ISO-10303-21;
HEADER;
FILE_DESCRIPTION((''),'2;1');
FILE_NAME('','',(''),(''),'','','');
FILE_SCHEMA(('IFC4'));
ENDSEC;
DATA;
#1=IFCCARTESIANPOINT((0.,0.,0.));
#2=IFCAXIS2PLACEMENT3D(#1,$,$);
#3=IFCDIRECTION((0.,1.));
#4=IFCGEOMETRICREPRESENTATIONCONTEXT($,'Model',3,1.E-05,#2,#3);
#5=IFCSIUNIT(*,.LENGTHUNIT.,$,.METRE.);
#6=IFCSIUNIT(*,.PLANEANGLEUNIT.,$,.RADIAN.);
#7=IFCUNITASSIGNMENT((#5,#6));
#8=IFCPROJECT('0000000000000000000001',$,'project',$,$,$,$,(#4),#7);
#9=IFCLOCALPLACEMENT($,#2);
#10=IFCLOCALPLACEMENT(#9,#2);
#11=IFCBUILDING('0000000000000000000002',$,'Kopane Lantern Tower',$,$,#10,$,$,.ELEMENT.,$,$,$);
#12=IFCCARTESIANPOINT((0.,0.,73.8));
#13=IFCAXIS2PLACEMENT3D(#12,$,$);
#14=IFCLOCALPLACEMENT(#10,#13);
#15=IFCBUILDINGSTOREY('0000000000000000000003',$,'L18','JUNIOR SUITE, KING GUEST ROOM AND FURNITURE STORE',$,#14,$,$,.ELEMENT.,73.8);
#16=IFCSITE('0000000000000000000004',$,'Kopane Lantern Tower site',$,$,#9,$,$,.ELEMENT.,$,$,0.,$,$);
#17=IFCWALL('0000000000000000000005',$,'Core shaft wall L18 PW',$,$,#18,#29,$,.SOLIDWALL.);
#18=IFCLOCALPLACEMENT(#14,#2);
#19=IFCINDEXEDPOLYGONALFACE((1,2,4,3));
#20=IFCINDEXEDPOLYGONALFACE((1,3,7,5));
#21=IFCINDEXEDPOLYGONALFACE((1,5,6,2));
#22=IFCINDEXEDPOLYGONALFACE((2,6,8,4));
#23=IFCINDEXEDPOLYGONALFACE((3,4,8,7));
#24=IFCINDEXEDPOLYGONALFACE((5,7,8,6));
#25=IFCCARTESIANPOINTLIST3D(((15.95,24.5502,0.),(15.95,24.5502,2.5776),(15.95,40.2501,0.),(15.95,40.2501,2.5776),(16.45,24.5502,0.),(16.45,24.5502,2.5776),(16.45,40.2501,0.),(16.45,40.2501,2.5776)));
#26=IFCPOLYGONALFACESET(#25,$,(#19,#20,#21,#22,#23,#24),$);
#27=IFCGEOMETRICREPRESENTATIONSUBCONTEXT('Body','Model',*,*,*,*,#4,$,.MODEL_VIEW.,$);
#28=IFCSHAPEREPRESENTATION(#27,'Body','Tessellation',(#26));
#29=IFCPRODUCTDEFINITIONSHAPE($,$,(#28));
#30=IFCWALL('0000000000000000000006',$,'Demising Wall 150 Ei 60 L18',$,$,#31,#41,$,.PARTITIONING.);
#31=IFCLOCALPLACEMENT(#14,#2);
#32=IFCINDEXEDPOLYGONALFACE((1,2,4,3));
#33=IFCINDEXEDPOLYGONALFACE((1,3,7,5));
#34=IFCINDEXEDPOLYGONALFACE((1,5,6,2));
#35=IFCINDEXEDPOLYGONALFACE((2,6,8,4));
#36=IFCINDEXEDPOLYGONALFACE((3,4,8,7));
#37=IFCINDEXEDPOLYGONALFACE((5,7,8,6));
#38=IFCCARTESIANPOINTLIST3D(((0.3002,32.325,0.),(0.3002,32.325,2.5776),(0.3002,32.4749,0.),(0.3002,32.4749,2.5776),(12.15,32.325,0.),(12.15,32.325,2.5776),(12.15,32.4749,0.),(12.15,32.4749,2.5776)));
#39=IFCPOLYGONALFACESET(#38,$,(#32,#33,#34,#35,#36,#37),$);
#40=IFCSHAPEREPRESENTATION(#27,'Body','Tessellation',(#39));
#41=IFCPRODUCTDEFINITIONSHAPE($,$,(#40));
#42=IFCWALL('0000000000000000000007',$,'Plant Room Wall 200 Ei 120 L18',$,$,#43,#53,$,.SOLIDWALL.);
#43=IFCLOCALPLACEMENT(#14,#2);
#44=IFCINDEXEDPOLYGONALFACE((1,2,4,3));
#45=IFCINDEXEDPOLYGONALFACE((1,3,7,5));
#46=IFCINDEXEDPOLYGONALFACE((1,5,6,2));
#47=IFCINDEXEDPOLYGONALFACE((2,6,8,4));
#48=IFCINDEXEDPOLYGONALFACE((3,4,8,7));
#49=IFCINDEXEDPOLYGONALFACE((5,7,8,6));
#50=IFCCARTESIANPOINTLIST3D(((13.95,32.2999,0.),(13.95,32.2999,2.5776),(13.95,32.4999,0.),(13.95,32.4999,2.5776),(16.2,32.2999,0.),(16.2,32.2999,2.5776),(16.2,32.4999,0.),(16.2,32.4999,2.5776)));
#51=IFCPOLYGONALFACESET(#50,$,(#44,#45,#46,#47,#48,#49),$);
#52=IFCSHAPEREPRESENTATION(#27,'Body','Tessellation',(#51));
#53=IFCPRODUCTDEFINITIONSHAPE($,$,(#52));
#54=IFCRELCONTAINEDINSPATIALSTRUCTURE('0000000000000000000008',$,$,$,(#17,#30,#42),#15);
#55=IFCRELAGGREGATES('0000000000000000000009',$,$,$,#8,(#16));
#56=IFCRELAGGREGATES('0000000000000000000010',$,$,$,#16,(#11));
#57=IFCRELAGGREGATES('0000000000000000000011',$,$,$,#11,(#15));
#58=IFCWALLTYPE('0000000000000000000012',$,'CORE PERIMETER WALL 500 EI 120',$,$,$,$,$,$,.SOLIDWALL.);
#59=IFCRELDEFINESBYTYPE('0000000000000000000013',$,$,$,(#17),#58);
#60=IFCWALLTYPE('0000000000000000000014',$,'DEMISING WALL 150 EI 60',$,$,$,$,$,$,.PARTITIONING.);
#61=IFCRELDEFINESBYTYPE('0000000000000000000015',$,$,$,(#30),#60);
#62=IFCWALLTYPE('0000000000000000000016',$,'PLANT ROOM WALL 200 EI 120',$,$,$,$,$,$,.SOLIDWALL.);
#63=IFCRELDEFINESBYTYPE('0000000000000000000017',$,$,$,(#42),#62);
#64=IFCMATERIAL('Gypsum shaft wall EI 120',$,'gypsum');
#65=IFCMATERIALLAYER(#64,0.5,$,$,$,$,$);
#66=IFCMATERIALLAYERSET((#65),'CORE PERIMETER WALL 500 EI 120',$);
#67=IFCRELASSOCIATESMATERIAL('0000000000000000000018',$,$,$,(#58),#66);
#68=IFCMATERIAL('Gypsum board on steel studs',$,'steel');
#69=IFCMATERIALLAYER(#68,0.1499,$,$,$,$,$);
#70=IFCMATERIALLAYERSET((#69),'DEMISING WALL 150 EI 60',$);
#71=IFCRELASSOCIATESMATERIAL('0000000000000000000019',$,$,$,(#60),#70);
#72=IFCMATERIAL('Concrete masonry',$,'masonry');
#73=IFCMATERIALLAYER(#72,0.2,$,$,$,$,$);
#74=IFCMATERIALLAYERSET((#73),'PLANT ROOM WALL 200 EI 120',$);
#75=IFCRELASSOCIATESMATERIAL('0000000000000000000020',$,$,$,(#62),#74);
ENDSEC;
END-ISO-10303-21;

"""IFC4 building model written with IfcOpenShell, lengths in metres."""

from ifc_helpers import new_model, si_unit, direction, frame, frame_2d, origin, place, context, subcontext, project, spatial, rectangle, extrude, material, layer, layer_set, type_object, element, save


model = new_model("IFC4")

# Units and contexts
model_context = context("Model", 3, precision=1e-05, world=origin(), true_north=direction((0.0, 1.0)))
body_context = subcontext(model_context, "Body", "Model", "MODEL_VIEW")
ifc_project = project(units=[si_unit("LENGTHUNIT", "METRE"), si_unit("PLANEANGLEUNIT", "RADIAN")], contexts=[model_context])

# Site, building, storey
site_placement = place(None, origin())
site = spatial("IfcSite", under=ifc_project, at=site_placement, Name="Kopane Lantern Tower site", CompositionType="ELEMENT", RefElevation=0.0)
building_placement = place(site_placement, origin())
building = spatial("IfcBuilding", under=site, at=building_placement, Name="Kopane Lantern Tower", CompositionType="ELEMENT")
storey_placement = place(building_placement, frame((0.0, 0.0, 73.8)))
storey = spatial("IfcBuildingStorey", under=building, at=storey_placement, Name="L18", Description="JUNIOR SUITE, KING GUEST ROOM AND FURNITURE STORE", CompositionType="ELEMENT", Elevation=73.8)

# Walls
ifc_material_1 = material(Name="Gypsum shaft wall EI 120", Category="gypsum")
ifc_layer_1 = layer(ifc_material_1, 0.5)
ifc_layer_set_1 = layer_set([ifc_layer_1], Name="CORE PERIMETER WALL 500 EI 120")
wall_type_1 = type_object("IfcWallType", Name="CORE PERIMETER WALL 500 EI 120", PredefinedType="SOLIDWALL", material=ifc_layer_set_1)
wall_1_placement = place(storey_placement, frame((16.2, 24.55, 0.0), z_axis=(0.0, 0.0, 1.0), x_axis=(0.0, 1.0, 0.0)))
element("IfcWall", 1, at=wall_1_placement, inside=storey, type_object=wall_type_1, Name="Core shaft wall L18 PW", PredefinedType="SOLIDWALL", context=body_context, shape_type="SweptSolid", body=[
    extrude(rectangle(XDim=15.7, YDim=0.5, at=frame_2d((7.8501, 0.0))), origin(), (0.0, 0.0, 1.0), 2.5776),
])
ifc_material_2 = material(Name="Gypsum board on steel studs", Category="steel")
ifc_layer_2 = layer(ifc_material_2, 0.1499)
ifc_layer_set_2 = layer_set([ifc_layer_2], Name="DEMISING WALL 150 EI 60")
wall_type_2 = type_object("IfcWallType", Name="DEMISING WALL 150 EI 60", PredefinedType="PARTITIONING", material=ifc_layer_set_2)
wall_2_placement = place(storey_placement, frame((12.1499, 32.3999, 0.0), z_axis=(0.0, 0.0, 1.0), x_axis=(-1.0, 0.0, 0.0)))
element("IfcWall", 2, at=wall_2_placement, inside=storey, type_object=wall_type_2, Name="Demising Wall 150 Ei 60 L18", PredefinedType="PARTITIONING", context=body_context, shape_type="SweptSolid", body=[
    extrude(rectangle(XDim=11.8499, YDim=0.1499, at=frame_2d((5.9248, 0.0))), origin(), (0.0, 0.0, 1.0), 2.5776),
])
ifc_material_3 = material(Name="Concrete masonry", Category="masonry")
ifc_layer_3 = layer(ifc_material_3, 0.2)
ifc_layer_set_3 = layer_set([ifc_layer_3], Name="PLANT ROOM WALL 200 EI 120")
wall_type_3 = type_object("IfcWallType", Name="PLANT ROOM WALL 200 EI 120", PredefinedType="SOLIDWALL", material=ifc_layer_set_3)
wall_3_placement = place(storey_placement, frame((13.95, 32.3999, 0.0), z_axis=(0.0, 0.0, 1.0), x_axis=(1.0, 0.0, 0.0)))
element("IfcWall", 3, at=wall_3_placement, inside=storey, type_object=wall_type_3, Name="Plant Room Wall 200 Ei 120 L18", PredefinedType="SOLIDWALL", context=body_context, shape_type="SweptSolid", body=[
    extrude(rectangle(XDim=2.25, YDim=0.2, at=frame_2d((1.125, 0.0))), origin(), (0.0, 0.0, 1.0), 2.5776),
])

save(model, "model.ifc")
